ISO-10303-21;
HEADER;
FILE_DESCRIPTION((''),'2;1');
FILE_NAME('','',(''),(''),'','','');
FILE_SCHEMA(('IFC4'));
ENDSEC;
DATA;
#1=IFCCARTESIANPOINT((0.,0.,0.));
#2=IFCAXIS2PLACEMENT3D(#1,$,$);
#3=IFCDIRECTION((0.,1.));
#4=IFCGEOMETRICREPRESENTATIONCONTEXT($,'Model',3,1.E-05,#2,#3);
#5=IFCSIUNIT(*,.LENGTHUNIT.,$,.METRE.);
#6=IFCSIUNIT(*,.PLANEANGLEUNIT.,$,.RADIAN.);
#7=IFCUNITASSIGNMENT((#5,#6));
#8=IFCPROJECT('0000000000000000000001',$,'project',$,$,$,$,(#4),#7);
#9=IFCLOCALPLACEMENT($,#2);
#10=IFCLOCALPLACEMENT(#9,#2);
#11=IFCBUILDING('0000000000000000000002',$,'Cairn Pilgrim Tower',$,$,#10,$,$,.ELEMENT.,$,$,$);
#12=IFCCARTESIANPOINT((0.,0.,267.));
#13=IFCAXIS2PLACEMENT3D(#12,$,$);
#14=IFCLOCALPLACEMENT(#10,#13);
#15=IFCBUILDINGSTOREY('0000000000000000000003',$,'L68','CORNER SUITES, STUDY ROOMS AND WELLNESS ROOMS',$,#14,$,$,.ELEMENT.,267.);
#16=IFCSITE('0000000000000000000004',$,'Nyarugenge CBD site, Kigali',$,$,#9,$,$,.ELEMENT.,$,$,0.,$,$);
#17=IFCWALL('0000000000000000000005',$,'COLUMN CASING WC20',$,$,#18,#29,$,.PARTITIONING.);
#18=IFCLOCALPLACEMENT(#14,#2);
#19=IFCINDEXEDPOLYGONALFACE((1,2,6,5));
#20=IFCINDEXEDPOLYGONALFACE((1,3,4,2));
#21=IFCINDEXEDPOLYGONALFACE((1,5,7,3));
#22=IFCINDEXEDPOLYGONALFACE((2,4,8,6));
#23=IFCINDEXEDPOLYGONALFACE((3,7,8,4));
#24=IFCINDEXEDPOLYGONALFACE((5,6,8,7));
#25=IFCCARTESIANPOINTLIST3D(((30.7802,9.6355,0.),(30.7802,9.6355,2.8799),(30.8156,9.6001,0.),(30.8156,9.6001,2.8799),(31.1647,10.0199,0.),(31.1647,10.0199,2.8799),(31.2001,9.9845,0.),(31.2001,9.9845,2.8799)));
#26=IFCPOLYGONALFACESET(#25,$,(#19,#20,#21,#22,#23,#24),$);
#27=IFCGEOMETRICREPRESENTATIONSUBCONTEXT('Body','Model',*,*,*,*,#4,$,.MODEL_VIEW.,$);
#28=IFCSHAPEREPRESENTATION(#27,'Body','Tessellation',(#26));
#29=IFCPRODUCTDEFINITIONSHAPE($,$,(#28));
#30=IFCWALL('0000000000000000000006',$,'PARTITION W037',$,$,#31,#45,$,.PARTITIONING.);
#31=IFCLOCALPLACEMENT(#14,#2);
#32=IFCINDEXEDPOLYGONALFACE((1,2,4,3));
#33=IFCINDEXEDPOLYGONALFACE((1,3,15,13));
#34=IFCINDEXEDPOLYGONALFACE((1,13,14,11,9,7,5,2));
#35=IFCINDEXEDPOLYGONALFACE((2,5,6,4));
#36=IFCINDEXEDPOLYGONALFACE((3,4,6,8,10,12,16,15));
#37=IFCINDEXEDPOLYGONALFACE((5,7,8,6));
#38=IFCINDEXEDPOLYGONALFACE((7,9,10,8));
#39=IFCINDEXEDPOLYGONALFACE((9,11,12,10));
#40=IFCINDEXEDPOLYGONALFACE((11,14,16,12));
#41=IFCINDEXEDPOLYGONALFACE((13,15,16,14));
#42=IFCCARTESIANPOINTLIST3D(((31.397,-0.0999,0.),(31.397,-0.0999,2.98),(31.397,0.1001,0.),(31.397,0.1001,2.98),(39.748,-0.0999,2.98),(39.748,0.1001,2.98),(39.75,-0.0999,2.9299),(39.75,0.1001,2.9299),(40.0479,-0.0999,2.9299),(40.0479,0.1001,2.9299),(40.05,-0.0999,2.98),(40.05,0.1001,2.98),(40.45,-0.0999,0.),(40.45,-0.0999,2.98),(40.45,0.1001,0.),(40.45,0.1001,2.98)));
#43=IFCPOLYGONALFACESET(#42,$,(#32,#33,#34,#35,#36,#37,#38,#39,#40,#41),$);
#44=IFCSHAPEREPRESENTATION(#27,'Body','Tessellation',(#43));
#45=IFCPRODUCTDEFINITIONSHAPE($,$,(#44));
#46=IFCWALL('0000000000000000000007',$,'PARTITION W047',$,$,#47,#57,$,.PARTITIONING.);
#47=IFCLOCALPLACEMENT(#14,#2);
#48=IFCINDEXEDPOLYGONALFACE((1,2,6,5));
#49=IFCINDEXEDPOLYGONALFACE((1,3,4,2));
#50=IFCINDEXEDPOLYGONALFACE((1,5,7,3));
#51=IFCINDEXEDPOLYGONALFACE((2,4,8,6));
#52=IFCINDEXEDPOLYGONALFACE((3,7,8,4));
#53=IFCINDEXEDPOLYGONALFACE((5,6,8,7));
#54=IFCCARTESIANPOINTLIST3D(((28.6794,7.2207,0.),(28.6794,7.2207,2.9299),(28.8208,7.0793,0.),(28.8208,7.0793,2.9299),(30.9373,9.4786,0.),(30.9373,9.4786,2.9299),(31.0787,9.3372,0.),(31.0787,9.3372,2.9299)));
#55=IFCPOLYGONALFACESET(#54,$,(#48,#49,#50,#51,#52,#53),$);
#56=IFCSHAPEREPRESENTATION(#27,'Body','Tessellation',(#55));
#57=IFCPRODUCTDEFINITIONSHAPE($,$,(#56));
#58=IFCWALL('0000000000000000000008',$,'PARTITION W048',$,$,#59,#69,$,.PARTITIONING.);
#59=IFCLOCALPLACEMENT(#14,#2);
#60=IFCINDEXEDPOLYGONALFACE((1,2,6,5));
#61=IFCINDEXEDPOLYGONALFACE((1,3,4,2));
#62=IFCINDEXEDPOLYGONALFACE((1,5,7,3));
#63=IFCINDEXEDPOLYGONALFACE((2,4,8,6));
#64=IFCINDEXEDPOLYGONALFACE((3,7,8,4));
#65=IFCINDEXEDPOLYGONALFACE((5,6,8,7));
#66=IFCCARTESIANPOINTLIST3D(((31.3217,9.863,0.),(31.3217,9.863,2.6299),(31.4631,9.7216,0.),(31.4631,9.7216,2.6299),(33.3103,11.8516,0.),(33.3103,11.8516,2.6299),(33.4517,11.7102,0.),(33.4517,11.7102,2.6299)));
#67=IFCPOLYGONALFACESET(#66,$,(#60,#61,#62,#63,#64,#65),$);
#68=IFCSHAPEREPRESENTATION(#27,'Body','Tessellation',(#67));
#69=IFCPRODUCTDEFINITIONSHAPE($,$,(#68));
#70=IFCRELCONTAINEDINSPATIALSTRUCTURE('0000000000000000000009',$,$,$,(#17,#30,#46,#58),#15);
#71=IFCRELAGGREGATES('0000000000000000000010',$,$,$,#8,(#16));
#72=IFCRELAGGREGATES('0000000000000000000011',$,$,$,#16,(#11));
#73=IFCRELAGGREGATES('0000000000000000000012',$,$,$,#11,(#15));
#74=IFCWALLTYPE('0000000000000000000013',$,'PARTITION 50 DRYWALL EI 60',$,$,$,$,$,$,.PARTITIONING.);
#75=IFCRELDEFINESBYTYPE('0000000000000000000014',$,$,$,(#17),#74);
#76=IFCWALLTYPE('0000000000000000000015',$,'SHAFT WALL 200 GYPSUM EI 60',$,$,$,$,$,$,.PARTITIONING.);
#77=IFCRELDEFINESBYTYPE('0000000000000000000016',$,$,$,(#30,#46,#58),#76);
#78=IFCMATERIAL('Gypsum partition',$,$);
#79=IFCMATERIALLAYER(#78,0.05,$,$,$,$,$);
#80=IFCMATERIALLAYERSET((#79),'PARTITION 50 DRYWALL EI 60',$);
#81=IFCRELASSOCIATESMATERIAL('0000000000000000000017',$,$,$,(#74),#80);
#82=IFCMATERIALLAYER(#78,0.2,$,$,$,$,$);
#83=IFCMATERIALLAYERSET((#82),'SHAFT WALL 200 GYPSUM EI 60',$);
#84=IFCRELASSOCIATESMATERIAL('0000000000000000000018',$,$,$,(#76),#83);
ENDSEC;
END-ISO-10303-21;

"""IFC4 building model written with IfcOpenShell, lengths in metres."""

from ifc_helpers import new_model, si_unit, direction, frame, frame_2d, origin, place, context, subcontext, project, spatial, polyline, rectangle, outline, extrude, material, layer, layer_set, type_object, element, save


model = new_model("IFC4")

# Units and contexts
model_context = context("Model", 3, precision=1e-05, world=origin(), true_north=direction((0.0, 1.0)))
body_context = subcontext(model_context, "Body", "Model", "MODEL_VIEW")
ifc_project = project(units=[si_unit("LENGTHUNIT", "METRE"), si_unit("PLANEANGLEUNIT", "RADIAN")], contexts=[model_context])

# Site, building, storey
site_placement = place(None, origin())
site = spatial("IfcSite", under=ifc_project, at=site_placement, Name="Nyarugenge CBD site, Kigali", CompositionType="ELEMENT", RefElevation=0.0)
building_placement = place(site_placement, origin())
building = spatial("IfcBuilding", under=site, at=building_placement, Name="Cairn Pilgrim Tower", CompositionType="ELEMENT")
storey_placement = place(building_placement, frame((0.0, 0.0, 267.0)))
storey = spatial("IfcBuildingStorey", under=building, at=storey_placement, Name="L68", Description="CORNER SUITES, STUDY ROOMS AND WELLNESS ROOMS", CompositionType="ELEMENT", Elevation=267.0)

# Shared definitions
ifc_material_1 = material(Name="Gypsum partition")

# Walls
ifc_layer_1 = layer(ifc_material_1, 0.05)
ifc_layer_set_1 = layer_set([ifc_layer_1], Name="PARTITION 50 DRYWALL EI 60")
wall_type_1 = type_object("IfcWallType", Name="PARTITION 50 DRYWALL EI 60", PredefinedType="PARTITIONING", material=ifc_layer_set_1)
wall_1_placement = place(storey_placement, frame((30.7979, 9.6177, 0.0), z_axis=(0.0, 0.0, 1.0), x_axis=(0.707107, 0.707107, 0.0)))
element("IfcWall", 1, at=wall_1_placement, inside=storey, type_object=wall_type_1, Name="COLUMN CASING WC20", PredefinedType="PARTITIONING", context=body_context, shape_type="SweptSolid", body=[
    extrude(rectangle(XDim=0.5437, YDim=0.05, at=frame_2d((0.272, 0.0))), origin(), (0.0, 0.0, 1.0), 2.8799),
])
ifc_layer_2 = layer(ifc_material_1, 0.2)
ifc_layer_set_2 = layer_set([ifc_layer_2], Name="SHAFT WALL 200 GYPSUM EI 60")
wall_type_2 = type_object("IfcWallType", Name="SHAFT WALL 200 GYPSUM EI 60", PredefinedType="PARTITIONING", material=ifc_layer_set_2)
wall_2_placement = place(storey_placement, frame((31.397, 0.0, 0.0), z_axis=(0.0, 0.0, 1.0), x_axis=(1.0, 0.0, 0.0)))
element("IfcWall", 2, at=wall_2_placement, inside=storey, type_object=wall_type_2, Name="PARTITION W037", PredefinedType="PARTITIONING", context=body_context, shape_type="SweptSolid", body=[
    extrude(outline(polyline([(0.0, 0.0), (9.053, 0.0), (9.053, 2.98), (8.6531, 2.98), (8.6509, 2.9299), (8.353, 2.9299), (8.3511, 2.98), (0.0, 2.98), (0.0, 0.0)])), frame((0.0, 0.1001, 0.0), z_axis=(0.0, -1.0, 0.0), x_axis=(1.0, 0.0, 0.0)), (0.0, 0.0, 1.0), 0.2),
])
wall_3_placement = place(storey_placement, frame((28.75, 7.1499, 0.0), z_axis=(0.0, 0.0, 1.0), x_axis=(0.707107, 0.707107, 0.0)))
element("IfcWall", 3, at=wall_3_placement, inside=storey, type_object=wall_type_2, Name="PARTITION W047", PredefinedType="PARTITIONING", context=body_context, shape_type="SweptSolid", body=[
    extrude(rectangle(XDim=3.1931, YDim=0.2, at=frame_2d((1.5967, 0.0))), origin(), (0.0, 0.0, 1.0), 2.9299),
])
wall_4_placement = place(storey_placement, frame((31.3923, 9.7922, 0.0), z_axis=(0.0, 0.0, 1.0), x_axis=(0.707107, 0.707107, 0.0)))
element("IfcWall", 4, at=wall_4_placement, inside=storey, type_object=wall_type_2, Name="PARTITION W048", PredefinedType="PARTITIONING", context=body_context, shape_type="SweptSolid", body=[
    extrude(rectangle(XDim=2.8123, YDim=0.2, at=frame_2d((1.4062, 0.0))), origin(), (0.0, 0.0, 1.0), 2.6299),
])

save(model, "model.ifc")
